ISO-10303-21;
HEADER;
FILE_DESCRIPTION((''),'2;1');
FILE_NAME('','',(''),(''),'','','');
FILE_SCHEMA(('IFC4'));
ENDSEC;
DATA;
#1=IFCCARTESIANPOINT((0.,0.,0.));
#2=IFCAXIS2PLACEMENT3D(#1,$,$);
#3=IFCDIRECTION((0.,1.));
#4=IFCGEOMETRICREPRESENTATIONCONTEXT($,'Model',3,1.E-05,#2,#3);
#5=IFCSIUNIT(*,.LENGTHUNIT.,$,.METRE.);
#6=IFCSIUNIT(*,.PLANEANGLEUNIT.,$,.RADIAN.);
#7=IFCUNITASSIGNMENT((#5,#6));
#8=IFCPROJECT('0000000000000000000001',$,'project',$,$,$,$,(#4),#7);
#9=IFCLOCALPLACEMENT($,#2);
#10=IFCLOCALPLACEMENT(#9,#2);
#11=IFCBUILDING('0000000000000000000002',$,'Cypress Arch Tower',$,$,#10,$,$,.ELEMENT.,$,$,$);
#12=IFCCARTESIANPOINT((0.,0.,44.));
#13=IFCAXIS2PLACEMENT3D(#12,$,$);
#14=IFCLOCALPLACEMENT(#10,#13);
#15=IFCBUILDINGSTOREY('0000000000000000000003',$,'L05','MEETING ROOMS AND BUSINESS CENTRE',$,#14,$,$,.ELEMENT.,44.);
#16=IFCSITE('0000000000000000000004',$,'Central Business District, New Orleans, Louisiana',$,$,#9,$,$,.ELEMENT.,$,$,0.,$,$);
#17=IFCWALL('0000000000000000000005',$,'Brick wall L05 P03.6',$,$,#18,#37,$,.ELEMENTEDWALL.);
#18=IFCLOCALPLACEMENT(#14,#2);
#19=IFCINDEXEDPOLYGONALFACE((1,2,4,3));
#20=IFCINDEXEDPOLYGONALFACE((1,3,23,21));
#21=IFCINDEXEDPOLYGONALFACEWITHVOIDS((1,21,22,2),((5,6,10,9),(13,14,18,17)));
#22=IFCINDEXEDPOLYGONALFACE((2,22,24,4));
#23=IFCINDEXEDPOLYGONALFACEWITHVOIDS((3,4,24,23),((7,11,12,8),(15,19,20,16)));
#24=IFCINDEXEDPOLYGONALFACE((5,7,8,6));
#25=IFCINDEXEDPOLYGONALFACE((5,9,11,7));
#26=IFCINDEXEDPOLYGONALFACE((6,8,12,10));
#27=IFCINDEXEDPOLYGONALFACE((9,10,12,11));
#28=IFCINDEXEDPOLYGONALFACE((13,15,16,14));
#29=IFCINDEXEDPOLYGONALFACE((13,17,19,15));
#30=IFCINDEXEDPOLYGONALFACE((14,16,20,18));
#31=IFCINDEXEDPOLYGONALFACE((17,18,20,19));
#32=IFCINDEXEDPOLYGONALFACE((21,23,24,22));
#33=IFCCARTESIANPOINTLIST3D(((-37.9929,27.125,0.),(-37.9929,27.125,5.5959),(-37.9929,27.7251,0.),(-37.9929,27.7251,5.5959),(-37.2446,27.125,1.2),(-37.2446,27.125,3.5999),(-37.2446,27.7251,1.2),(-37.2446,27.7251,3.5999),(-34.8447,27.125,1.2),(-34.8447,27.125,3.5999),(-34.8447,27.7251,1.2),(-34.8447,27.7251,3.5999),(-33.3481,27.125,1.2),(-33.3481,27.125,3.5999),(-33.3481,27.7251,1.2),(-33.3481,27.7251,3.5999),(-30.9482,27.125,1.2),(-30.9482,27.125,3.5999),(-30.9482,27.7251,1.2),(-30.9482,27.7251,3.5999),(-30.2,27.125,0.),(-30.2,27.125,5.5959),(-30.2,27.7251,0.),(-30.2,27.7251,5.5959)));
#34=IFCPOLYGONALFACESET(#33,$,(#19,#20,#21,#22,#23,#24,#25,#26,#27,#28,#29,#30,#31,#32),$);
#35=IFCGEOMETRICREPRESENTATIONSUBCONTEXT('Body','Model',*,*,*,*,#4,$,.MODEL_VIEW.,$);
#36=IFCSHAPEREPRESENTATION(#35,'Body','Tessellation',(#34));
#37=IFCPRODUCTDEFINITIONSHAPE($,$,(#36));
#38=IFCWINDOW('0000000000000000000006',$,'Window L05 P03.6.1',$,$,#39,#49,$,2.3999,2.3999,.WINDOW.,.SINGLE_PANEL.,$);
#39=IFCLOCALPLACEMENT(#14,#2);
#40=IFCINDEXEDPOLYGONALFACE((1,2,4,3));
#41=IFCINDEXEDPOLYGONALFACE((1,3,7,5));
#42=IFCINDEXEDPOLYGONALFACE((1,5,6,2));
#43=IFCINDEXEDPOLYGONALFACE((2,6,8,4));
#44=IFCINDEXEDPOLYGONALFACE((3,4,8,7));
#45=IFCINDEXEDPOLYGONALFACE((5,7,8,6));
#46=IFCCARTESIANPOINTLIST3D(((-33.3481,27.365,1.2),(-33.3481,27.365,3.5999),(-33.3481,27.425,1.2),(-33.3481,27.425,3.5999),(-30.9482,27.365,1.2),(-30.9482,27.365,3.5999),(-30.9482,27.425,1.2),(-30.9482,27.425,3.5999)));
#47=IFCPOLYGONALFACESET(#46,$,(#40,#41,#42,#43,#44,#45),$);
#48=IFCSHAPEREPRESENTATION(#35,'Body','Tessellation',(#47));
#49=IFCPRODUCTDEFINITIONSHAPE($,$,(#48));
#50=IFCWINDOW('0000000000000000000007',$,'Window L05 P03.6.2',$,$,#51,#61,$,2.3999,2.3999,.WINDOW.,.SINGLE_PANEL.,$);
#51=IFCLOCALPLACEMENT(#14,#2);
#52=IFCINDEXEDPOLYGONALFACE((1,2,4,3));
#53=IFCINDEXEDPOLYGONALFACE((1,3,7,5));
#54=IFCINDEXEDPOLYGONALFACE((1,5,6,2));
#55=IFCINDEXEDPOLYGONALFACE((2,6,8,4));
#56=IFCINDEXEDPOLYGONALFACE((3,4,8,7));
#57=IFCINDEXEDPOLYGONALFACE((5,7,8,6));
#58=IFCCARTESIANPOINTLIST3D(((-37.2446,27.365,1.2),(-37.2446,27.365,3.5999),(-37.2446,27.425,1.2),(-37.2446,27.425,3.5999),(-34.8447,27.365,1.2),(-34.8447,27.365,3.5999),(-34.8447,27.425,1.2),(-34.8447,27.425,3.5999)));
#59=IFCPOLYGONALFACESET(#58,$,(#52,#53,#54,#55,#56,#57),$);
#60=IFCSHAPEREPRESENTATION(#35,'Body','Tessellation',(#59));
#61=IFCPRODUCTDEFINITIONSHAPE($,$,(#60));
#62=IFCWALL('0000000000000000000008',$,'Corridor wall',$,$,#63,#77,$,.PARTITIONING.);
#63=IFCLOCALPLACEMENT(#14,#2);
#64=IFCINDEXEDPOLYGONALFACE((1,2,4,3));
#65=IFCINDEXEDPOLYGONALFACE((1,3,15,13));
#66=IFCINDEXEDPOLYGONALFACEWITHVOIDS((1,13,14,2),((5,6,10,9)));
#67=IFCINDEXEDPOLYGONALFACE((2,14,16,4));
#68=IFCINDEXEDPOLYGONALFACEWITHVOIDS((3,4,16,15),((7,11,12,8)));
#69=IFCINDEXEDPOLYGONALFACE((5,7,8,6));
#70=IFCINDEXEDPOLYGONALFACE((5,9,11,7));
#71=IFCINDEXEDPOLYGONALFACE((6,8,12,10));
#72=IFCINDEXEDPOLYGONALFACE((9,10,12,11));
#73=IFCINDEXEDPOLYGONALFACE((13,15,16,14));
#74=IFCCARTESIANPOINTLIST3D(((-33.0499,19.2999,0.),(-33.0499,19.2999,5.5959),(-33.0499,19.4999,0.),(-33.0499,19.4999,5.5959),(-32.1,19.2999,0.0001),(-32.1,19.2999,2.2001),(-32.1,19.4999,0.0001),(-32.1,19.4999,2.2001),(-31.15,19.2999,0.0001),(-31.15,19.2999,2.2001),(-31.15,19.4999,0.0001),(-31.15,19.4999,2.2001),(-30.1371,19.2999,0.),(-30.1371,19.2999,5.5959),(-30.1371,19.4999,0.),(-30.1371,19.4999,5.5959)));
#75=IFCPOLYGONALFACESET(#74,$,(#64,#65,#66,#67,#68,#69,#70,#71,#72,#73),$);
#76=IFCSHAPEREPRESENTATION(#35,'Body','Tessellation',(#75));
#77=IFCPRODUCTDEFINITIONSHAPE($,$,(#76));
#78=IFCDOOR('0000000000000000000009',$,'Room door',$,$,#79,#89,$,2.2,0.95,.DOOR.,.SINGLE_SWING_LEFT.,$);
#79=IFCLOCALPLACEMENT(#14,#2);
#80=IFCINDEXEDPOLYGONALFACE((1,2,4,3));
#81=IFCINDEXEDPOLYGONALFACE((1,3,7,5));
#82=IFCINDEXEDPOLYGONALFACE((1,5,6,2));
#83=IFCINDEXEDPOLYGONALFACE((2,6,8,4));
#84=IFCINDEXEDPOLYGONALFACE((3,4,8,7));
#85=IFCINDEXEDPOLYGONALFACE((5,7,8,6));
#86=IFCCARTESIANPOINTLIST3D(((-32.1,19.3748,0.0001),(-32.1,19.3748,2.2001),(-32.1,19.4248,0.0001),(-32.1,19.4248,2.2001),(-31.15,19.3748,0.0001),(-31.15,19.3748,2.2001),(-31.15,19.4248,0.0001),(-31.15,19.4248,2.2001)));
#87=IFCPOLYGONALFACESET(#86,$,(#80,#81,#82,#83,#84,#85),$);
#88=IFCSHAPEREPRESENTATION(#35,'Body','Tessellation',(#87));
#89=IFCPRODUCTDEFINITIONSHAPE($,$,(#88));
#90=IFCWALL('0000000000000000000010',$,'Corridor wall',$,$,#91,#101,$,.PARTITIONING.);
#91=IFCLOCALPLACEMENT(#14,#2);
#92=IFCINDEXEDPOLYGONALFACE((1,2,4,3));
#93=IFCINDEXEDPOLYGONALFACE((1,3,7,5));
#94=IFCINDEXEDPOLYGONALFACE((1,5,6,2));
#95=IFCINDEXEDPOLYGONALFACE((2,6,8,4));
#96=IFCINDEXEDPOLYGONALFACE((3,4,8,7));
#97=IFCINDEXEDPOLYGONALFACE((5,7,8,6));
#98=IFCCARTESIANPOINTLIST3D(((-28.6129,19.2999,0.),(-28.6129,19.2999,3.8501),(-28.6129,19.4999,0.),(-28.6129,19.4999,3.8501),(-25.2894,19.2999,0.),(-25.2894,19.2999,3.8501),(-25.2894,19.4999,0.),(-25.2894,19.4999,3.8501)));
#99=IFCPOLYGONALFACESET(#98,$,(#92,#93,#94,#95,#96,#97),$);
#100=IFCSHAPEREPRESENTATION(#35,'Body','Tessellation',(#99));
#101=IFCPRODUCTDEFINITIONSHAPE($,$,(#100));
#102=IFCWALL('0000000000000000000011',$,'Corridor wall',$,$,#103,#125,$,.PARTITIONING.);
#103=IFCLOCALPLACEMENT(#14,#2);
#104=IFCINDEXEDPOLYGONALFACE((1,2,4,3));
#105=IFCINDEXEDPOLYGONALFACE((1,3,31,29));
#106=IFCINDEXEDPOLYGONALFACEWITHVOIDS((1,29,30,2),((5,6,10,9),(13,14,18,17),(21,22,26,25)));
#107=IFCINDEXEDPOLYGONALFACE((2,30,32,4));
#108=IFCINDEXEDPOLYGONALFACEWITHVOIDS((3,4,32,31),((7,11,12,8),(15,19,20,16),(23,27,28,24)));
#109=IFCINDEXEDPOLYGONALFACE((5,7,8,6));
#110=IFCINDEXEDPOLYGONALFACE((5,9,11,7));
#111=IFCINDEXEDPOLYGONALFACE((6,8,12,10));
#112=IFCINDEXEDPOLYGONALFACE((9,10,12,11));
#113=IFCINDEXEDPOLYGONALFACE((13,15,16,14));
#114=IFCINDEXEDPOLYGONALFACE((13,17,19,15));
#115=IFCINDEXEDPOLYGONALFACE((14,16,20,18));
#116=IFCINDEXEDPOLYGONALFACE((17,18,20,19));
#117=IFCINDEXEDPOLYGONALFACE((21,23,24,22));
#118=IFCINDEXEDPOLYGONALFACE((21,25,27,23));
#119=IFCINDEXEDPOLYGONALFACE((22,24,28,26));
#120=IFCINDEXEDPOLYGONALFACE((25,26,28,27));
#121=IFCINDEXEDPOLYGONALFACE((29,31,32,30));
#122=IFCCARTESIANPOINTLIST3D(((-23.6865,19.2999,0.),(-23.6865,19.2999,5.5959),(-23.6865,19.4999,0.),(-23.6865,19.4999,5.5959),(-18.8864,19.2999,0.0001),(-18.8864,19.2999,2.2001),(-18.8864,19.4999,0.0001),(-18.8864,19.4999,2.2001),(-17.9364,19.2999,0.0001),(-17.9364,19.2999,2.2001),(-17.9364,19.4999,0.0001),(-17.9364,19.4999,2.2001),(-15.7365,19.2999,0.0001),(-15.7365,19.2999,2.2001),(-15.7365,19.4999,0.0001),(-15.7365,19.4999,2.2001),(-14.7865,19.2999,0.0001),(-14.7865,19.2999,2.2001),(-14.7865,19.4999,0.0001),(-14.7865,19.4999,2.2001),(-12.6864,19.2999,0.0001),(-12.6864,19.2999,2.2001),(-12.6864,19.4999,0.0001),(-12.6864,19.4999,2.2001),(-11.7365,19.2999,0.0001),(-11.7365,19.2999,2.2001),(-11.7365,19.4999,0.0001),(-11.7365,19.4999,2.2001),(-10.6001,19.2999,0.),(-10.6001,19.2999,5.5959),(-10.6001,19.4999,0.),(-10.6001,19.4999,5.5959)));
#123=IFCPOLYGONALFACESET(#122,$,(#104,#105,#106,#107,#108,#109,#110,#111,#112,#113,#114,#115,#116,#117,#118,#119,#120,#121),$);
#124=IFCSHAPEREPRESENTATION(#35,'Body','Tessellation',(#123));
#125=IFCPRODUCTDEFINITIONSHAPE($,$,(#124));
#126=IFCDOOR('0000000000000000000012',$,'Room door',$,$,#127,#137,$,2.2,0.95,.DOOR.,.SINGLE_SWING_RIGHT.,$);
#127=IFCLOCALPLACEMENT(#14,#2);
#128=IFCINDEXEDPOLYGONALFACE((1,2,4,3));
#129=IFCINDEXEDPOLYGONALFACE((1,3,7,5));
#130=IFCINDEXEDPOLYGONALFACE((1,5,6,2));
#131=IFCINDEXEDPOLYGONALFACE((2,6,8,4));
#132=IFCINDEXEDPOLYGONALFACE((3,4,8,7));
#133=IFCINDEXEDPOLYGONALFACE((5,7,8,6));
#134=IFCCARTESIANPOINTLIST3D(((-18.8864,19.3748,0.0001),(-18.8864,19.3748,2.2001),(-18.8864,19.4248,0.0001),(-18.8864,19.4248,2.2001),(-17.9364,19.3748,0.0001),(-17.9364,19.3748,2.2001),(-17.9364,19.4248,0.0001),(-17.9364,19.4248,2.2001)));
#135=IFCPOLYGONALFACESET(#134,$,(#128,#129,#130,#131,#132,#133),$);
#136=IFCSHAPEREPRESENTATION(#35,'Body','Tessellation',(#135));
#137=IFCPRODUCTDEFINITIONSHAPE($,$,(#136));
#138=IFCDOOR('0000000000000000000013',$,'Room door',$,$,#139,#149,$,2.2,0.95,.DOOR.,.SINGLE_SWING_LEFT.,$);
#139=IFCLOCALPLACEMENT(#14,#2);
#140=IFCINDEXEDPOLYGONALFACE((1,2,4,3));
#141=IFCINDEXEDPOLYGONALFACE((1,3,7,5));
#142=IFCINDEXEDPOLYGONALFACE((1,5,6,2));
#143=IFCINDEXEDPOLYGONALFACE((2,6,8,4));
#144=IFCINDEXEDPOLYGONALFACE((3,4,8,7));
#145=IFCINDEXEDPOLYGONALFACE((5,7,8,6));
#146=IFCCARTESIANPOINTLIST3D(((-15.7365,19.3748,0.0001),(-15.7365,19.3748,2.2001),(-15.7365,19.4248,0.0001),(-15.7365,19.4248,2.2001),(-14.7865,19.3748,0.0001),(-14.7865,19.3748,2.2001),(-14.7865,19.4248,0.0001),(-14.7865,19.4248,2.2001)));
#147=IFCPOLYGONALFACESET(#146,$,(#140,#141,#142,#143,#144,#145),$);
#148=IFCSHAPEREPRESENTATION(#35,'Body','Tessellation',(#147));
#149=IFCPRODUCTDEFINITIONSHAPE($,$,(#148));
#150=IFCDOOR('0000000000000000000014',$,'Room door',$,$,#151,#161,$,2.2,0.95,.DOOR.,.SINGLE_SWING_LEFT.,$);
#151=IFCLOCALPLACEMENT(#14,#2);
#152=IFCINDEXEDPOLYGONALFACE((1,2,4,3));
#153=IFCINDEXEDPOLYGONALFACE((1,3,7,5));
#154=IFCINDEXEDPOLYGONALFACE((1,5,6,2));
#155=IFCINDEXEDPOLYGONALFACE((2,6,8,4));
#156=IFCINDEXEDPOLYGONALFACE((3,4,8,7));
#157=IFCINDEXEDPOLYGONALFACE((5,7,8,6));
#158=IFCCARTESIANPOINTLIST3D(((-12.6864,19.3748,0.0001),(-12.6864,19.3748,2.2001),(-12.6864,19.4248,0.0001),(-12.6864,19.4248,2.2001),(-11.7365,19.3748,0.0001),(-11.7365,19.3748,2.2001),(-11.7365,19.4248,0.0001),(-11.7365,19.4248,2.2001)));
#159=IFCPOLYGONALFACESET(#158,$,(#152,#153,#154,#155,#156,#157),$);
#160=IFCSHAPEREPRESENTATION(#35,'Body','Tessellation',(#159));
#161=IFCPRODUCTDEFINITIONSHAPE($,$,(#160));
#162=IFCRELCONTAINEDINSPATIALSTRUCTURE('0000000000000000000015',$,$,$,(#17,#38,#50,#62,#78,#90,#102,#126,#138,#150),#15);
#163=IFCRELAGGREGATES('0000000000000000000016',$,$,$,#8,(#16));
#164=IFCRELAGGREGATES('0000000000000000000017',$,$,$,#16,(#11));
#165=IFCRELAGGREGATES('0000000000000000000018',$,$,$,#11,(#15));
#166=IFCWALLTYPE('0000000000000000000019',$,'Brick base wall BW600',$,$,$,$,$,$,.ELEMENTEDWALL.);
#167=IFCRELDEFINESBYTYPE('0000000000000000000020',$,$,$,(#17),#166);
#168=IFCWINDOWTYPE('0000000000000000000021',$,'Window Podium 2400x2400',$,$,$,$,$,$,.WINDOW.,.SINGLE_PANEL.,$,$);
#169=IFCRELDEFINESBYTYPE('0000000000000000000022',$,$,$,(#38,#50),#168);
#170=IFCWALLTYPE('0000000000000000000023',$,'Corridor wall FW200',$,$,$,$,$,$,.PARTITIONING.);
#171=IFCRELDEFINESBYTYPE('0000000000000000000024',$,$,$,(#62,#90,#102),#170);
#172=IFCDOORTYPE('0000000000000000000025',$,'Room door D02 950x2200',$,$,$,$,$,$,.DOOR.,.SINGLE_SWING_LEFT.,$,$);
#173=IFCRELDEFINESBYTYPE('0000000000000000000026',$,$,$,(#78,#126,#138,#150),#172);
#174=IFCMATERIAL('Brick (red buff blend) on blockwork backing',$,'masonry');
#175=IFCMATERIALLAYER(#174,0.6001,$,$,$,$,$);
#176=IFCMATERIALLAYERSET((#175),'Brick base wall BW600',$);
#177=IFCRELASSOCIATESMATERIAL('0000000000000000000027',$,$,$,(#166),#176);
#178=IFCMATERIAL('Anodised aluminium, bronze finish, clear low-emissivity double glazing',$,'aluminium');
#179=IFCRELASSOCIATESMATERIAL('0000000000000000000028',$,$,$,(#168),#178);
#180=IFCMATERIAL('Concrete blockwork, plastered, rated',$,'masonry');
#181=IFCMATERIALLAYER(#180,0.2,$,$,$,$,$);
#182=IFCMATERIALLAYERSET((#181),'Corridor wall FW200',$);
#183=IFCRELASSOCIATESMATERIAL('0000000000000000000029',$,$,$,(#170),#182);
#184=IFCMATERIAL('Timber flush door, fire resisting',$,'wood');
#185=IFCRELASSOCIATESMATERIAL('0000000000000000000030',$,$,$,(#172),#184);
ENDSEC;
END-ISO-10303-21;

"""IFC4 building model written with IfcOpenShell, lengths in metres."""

from ifc_helpers import new_model, si_unit, direction, frame, frame_2d, origin, place, context, subcontext, project, spatial, rectangle, extrude, material, layer, layer_set, type_object, element, fill, save


model = new_model("IFC4")

# Units and contexts
model_context = context("Model", 3, precision=1e-05, world=origin(), true_north=direction((0.0, 1.0)))
body_context = subcontext(model_context, "Body", "Model", "MODEL_VIEW")
ifc_project = project(units=[si_unit("LENGTHUNIT", "METRE"), si_unit("PLANEANGLEUNIT", "RADIAN")], contexts=[model_context])

# Site, building, storey
site_placement = place(None, origin())
site = spatial("IfcSite", under=ifc_project, at=site_placement, Name="Central Business District, New Orleans, Louisiana", CompositionType="ELEMENT", RefElevation=0.0)
building_placement = place(site_placement, origin())
building = spatial("IfcBuilding", under=site, at=building_placement, Name="Cypress Arch Tower", CompositionType="ELEMENT")
storey_placement = place(building_placement, frame((0.0, 0.0, 44.0)))
storey = spatial("IfcBuildingStorey", under=building, at=storey_placement, Name="L05", Description="MEETING ROOMS AND BUSINESS CENTRE", CompositionType="ELEMENT", Elevation=44.0)

# Wall, openings, windows
ifc_material_1 = material(Name="Brick (red buff blend) on blockwork backing", Category="masonry")
ifc_layer_1 = layer(ifc_material_1, 0.6001)
ifc_layer_set_1 = layer_set([ifc_layer_1], Name="Brick base wall BW600")
wall_type_1 = type_object("IfcWallType", Name="Brick base wall BW600", PredefinedType="ELEMENTEDWALL", material=ifc_layer_set_1)
wall_1_placement = place(storey_placement, frame((-30.2, 27.425, 0.0), z_axis=(0.0, 0.0, 1.0), x_axis=(-1.0, 0.0, 0.0)))
wall_1 = element("IfcWall", 1, at=wall_1_placement, inside=storey, type_object=wall_type_1, Name="Brick wall L05 P03.6", PredefinedType="ELEMENTEDWALL", context=body_context, shape_type="SweptSolid", body=[
    extrude(rectangle(XDim=7.793, YDim=0.6001, at=frame_2d((3.8965, 0.0))), origin(), (0.0, 0.0, 1.0), 5.5959),
])
opening_1_placement = place(wall_1_placement, frame((0.7483, 0.0, 1.2)))
opening_1 = element("IfcOpeningElement", 2, at=opening_1_placement, cuts=wall_1, PredefinedType="OPENING", context=body_context, shape_type="SweptSolid", body=[
    extrude(rectangle(XDim=2.3999, YDim=2.3999, at=frame_2d((1.2, 1.2))), frame((0.0, 0.3101, 0.0), z_axis=(0.0, -1.0, 0.0), x_axis=(1.0, 0.0, 0.0)), (0.0, 0.0, 1.0), 0.6201),
])
opening_2_placement = place(wall_1_placement, frame((4.6448, 0.0, 1.2)))
opening_2 = element("IfcOpeningElement", 3, at=opening_2_placement, cuts=wall_1, PredefinedType="OPENING", context=body_context, shape_type="SweptSolid", body=[
    extrude(rectangle(XDim=2.3999, YDim=2.3999, at=frame_2d((1.2, 1.2))), frame((0.0, 0.3101, 0.0), z_axis=(0.0, -1.0, 0.0), x_axis=(1.0, 0.0, 0.0)), (0.0, 0.0, 1.0), 0.6201),
])
ifc_material_2 = material(Name="Anodised aluminium, bronze finish, clear low-emissivity double glazing", Category="aluminium")
window_type = type_object("IfcWindowType", Name="Window Podium 2400x2400", PartitioningType="SINGLE_PANEL", PredefinedType="WINDOW", material=ifc_material_2)
window_1_placement = place(opening_1_placement, origin())
window_1 = element("IfcWindow", 4, at=window_1_placement, inside=storey, type_object=window_type, Name="Window L05 P03.6.1", OverallHeight=2.3999, OverallWidth=2.3999, PartitioningType="SINGLE_PANEL", PredefinedType="WINDOW", context=body_context, shape_type="SweptSolid", body=[
    extrude(rectangle(XDim=2.3999, YDim=2.3999, at=frame_2d((1.2, 1.2))), frame((0.0, 0.0601, 0.0), z_axis=(0.0, -1.0, 0.0), x_axis=(1.0, 0.0, 0.0)), (0.0, 0.0, 1.0), 0.0601),
])
fill(opening_1, window_1)
window_2_placement = place(opening_2_placement, origin())
window_2 = element("IfcWindow", 5, at=window_2_placement, inside=storey, type_object=window_type, Name="Window L05 P03.6.2", OverallHeight=2.3999, OverallWidth=2.3999, PartitioningType="SINGLE_PANEL", PredefinedType="WINDOW", context=body_context, shape_type="SweptSolid", body=[
    extrude(rectangle(XDim=2.3999, YDim=2.3999, at=frame_2d((1.2, 1.2))), frame((0.0, 0.0601, 0.0), z_axis=(0.0, -1.0, 0.0), x_axis=(1.0, 0.0, 0.0)), (0.0, 0.0, 1.0), 0.0601),
])
fill(opening_2, window_2)

# Wall, opening, door
ifc_material_3 = material(Name="Concrete blockwork, plastered, rated", Category="masonry")
ifc_layer_2 = layer(ifc_material_3, 0.2)
ifc_layer_set_2 = layer_set([ifc_layer_2], Name="Corridor wall FW200")
wall_type_2 = type_object("IfcWallType", Name="Corridor wall FW200", PredefinedType="PARTITIONING", material=ifc_layer_set_2)
wall_2_placement = place(storey_placement, frame((-33.05, 19.3999, 0.0), z_axis=(0.0, 0.0, 1.0), x_axis=(1.0, 0.0, 0.0)))
wall_2 = element("IfcWall", 6, at=wall_2_placement, inside=storey, type_object=wall_type_2, Name="Corridor wall", PredefinedType="PARTITIONING", context=body_context, shape_type="SweptSolid", body=[
    extrude(rectangle(XDim=2.9128, YDim=0.2, at=frame_2d((1.4565, 0.0))), origin(), (0.0, 0.0, 1.0), 5.5959),
])
opening_3_placement = place(wall_2_placement, frame((0.95, 0.0, 0.0)))
opening_3 = element("IfcOpeningElement", 7, at=opening_3_placement, cuts=wall_2, PredefinedType="OPENING", context=body_context, shape_type="SweptSolid", body=[
    extrude(rectangle(XDim=0.95, YDim=2.2, at=frame_2d((0.4751, 1.1001))), frame((0.0, 0.1099, 0.0), z_axis=(0.0, -1.0, 0.0), x_axis=(1.0, 0.0, 0.0)), (0.0, 0.0, 1.0), 0.22),
])
ifc_material_4 = material(Name="Timber flush door, fire resisting", Category="wood")
door_type_1 = type_object("IfcDoorType", Name="Room door D02 950x2200", OperationType="SINGLE_SWING_LEFT", PredefinedType="DOOR", material=ifc_material_4)
door_1_placement = place(opening_3_placement, origin())
door_1 = element("IfcDoor", 8, at=door_1_placement, inside=storey, type_object=door_type_1, Name="Room door", OperationType="SINGLE_SWING_LEFT", OverallHeight=2.2, OverallWidth=0.95, PredefinedType="DOOR", context=body_context, shape_type="SweptSolid", body=[
    extrude(rectangle(XDim=0.95, YDim=2.2, at=frame_2d((0.4751, 1.1001))), frame((0.0, 0.0249, 0.0), z_axis=(0.0, -1.0, 0.0), x_axis=(1.0, 0.0, 0.0)), (0.0, 0.0, 1.0), 0.05),
])
fill(opening_3, door_1)

# Wall
wall_3_placement = place(storey_placement, frame((-28.6128, 19.3999, 0.0), z_axis=(0.0, 0.0, 1.0), x_axis=(1.0, 0.0, 0.0)))
element("IfcWall", 9, at=wall_3_placement, inside=storey, type_object=wall_type_2, Name="Corridor wall", PredefinedType="PARTITIONING", context=body_context, shape_type="SweptSolid", body=[
    extrude(rectangle(XDim=3.3235, YDim=0.2, at=frame_2d((1.6616, 0.0))), origin(), (0.0, 0.0, 1.0), 3.8501),
])

# Wall, openings, doors
wall_4_placement = place(storey_placement, frame((-23.6865, 19.3999, 0.0), z_axis=(0.0, 0.0, 1.0), x_axis=(1.0, 0.0, 0.0)))
wall_4 = element("IfcWall", 10, at=wall_4_placement, inside=storey, type_object=wall_type_2, Name="Corridor wall", PredefinedType="PARTITIONING", context=body_context, shape_type="SweptSolid", body=[
    extrude(rectangle(XDim=13.0864, YDim=0.2, at=frame_2d((6.5432, 0.0))), origin(), (0.0, 0.0, 1.0), 5.5959),
])
opening_4_placement = place(wall_4_placement, frame((4.8, 0.0, 0.0)))
opening_4 = element("IfcOpeningElement", 11, at=opening_4_placement, cuts=wall_4, PredefinedType="OPENING", context=body_context, shape_type="SweptSolid", body=[
    extrude(rectangle(XDim=0.95, YDim=2.2, at=frame_2d((0.4751, 1.1001))), frame((0.0, 0.1099, 0.0), z_axis=(0.0, -1.0, 0.0), x_axis=(1.0, 0.0, 0.0)), (0.0, 0.0, 1.0), 0.22),
])
opening_5_placement = place(wall_4_placement, frame((7.95, 0.0, 0.0)))
opening_5 = element("IfcOpeningElement", 12, at=opening_5_placement, cuts=wall_4, PredefinedType="OPENING", context=body_context, shape_type="SweptSolid", body=[
    extrude(rectangle(XDim=0.95, YDim=2.2, at=frame_2d((0.4751, 1.1001))), frame((0.0, 0.1099, 0.0), z_axis=(0.0, -1.0, 0.0), x_axis=(1.0, 0.0, 0.0)), (0.0, 0.0, 1.0), 0.22),
])
opening_6_placement = place(wall_4_placement, frame((11.0, 0.0, 0.0)))
opening_6 = element("IfcOpeningElement", 13, at=opening_6_placement, cuts=wall_4, PredefinedType="OPENING", context=body_context, shape_type="SweptSolid", body=[
    extrude(rectangle(XDim=0.95, YDim=2.2, at=frame_2d((0.4751, 1.1001))), frame((0.0, 0.1099, 0.0), z_axis=(0.0, -1.0, 0.0), x_axis=(1.0, 0.0, 0.0)), (0.0, 0.0, 1.0), 0.22),
])
door_2_placement = place(opening_4_placement, origin())
door_2 = element("IfcDoor", 14, at=door_2_placement, inside=storey, type_object=door_type_1, Name="Room door", OperationType="SINGLE_SWING_RIGHT", OverallHeight=2.2, OverallWidth=0.95, PredefinedType="DOOR", context=body_context, shape_type="SweptSolid", body=[
    extrude(rectangle(XDim=0.95, YDim=2.2, at=frame_2d((0.4751, 1.1001))), frame((0.0, 0.0249, 0.0), z_axis=(0.0, -1.0, 0.0), x_axis=(1.0, 0.0, 0.0)), (0.0, 0.0, 1.0), 0.05),
])
fill(opening_4, door_2)
door_3_placement = place(opening_5_placement, origin())
door_3 = element("IfcDoor", 15, at=door_3_placement, inside=storey, type_object=door_type_1, Name="Room door", OperationType="SINGLE_SWING_LEFT", OverallHeight=2.2, OverallWidth=0.95, PredefinedType="DOOR", context=body_context, shape_type="SweptSolid", body=[
    extrude(rectangle(XDim=0.95, YDim=2.2, at=frame_2d((0.4751, 1.1001))), frame((0.0, 0.0249, 0.0), z_axis=(0.0, -1.0, 0.0), x_axis=(1.0, 0.0, 0.0)), (0.0, 0.0, 1.0), 0.05),
])
fill(opening_5, door_3)
door_4_placement = place(opening_6_placement, origin())
door_4 = element("IfcDoor", 16, at=door_4_placement, inside=storey, type_object=door_type_1, Name="Room door", OperationType="SINGLE_SWING_LEFT", OverallHeight=2.2, OverallWidth=0.95, PredefinedType="DOOR", context=body_context, shape_type="SweptSolid", body=[
    extrude(rectangle(XDim=0.95, YDim=2.2, at=frame_2d((0.4751, 1.1001))), frame((0.0, 0.0249, 0.0), z_axis=(0.0, -1.0, 0.0), x_axis=(1.0, 0.0, 0.0)), (0.0, 0.0, 1.0), 0.05),
])
fill(opening_6, door_4)

save(model, "model.ifc")
